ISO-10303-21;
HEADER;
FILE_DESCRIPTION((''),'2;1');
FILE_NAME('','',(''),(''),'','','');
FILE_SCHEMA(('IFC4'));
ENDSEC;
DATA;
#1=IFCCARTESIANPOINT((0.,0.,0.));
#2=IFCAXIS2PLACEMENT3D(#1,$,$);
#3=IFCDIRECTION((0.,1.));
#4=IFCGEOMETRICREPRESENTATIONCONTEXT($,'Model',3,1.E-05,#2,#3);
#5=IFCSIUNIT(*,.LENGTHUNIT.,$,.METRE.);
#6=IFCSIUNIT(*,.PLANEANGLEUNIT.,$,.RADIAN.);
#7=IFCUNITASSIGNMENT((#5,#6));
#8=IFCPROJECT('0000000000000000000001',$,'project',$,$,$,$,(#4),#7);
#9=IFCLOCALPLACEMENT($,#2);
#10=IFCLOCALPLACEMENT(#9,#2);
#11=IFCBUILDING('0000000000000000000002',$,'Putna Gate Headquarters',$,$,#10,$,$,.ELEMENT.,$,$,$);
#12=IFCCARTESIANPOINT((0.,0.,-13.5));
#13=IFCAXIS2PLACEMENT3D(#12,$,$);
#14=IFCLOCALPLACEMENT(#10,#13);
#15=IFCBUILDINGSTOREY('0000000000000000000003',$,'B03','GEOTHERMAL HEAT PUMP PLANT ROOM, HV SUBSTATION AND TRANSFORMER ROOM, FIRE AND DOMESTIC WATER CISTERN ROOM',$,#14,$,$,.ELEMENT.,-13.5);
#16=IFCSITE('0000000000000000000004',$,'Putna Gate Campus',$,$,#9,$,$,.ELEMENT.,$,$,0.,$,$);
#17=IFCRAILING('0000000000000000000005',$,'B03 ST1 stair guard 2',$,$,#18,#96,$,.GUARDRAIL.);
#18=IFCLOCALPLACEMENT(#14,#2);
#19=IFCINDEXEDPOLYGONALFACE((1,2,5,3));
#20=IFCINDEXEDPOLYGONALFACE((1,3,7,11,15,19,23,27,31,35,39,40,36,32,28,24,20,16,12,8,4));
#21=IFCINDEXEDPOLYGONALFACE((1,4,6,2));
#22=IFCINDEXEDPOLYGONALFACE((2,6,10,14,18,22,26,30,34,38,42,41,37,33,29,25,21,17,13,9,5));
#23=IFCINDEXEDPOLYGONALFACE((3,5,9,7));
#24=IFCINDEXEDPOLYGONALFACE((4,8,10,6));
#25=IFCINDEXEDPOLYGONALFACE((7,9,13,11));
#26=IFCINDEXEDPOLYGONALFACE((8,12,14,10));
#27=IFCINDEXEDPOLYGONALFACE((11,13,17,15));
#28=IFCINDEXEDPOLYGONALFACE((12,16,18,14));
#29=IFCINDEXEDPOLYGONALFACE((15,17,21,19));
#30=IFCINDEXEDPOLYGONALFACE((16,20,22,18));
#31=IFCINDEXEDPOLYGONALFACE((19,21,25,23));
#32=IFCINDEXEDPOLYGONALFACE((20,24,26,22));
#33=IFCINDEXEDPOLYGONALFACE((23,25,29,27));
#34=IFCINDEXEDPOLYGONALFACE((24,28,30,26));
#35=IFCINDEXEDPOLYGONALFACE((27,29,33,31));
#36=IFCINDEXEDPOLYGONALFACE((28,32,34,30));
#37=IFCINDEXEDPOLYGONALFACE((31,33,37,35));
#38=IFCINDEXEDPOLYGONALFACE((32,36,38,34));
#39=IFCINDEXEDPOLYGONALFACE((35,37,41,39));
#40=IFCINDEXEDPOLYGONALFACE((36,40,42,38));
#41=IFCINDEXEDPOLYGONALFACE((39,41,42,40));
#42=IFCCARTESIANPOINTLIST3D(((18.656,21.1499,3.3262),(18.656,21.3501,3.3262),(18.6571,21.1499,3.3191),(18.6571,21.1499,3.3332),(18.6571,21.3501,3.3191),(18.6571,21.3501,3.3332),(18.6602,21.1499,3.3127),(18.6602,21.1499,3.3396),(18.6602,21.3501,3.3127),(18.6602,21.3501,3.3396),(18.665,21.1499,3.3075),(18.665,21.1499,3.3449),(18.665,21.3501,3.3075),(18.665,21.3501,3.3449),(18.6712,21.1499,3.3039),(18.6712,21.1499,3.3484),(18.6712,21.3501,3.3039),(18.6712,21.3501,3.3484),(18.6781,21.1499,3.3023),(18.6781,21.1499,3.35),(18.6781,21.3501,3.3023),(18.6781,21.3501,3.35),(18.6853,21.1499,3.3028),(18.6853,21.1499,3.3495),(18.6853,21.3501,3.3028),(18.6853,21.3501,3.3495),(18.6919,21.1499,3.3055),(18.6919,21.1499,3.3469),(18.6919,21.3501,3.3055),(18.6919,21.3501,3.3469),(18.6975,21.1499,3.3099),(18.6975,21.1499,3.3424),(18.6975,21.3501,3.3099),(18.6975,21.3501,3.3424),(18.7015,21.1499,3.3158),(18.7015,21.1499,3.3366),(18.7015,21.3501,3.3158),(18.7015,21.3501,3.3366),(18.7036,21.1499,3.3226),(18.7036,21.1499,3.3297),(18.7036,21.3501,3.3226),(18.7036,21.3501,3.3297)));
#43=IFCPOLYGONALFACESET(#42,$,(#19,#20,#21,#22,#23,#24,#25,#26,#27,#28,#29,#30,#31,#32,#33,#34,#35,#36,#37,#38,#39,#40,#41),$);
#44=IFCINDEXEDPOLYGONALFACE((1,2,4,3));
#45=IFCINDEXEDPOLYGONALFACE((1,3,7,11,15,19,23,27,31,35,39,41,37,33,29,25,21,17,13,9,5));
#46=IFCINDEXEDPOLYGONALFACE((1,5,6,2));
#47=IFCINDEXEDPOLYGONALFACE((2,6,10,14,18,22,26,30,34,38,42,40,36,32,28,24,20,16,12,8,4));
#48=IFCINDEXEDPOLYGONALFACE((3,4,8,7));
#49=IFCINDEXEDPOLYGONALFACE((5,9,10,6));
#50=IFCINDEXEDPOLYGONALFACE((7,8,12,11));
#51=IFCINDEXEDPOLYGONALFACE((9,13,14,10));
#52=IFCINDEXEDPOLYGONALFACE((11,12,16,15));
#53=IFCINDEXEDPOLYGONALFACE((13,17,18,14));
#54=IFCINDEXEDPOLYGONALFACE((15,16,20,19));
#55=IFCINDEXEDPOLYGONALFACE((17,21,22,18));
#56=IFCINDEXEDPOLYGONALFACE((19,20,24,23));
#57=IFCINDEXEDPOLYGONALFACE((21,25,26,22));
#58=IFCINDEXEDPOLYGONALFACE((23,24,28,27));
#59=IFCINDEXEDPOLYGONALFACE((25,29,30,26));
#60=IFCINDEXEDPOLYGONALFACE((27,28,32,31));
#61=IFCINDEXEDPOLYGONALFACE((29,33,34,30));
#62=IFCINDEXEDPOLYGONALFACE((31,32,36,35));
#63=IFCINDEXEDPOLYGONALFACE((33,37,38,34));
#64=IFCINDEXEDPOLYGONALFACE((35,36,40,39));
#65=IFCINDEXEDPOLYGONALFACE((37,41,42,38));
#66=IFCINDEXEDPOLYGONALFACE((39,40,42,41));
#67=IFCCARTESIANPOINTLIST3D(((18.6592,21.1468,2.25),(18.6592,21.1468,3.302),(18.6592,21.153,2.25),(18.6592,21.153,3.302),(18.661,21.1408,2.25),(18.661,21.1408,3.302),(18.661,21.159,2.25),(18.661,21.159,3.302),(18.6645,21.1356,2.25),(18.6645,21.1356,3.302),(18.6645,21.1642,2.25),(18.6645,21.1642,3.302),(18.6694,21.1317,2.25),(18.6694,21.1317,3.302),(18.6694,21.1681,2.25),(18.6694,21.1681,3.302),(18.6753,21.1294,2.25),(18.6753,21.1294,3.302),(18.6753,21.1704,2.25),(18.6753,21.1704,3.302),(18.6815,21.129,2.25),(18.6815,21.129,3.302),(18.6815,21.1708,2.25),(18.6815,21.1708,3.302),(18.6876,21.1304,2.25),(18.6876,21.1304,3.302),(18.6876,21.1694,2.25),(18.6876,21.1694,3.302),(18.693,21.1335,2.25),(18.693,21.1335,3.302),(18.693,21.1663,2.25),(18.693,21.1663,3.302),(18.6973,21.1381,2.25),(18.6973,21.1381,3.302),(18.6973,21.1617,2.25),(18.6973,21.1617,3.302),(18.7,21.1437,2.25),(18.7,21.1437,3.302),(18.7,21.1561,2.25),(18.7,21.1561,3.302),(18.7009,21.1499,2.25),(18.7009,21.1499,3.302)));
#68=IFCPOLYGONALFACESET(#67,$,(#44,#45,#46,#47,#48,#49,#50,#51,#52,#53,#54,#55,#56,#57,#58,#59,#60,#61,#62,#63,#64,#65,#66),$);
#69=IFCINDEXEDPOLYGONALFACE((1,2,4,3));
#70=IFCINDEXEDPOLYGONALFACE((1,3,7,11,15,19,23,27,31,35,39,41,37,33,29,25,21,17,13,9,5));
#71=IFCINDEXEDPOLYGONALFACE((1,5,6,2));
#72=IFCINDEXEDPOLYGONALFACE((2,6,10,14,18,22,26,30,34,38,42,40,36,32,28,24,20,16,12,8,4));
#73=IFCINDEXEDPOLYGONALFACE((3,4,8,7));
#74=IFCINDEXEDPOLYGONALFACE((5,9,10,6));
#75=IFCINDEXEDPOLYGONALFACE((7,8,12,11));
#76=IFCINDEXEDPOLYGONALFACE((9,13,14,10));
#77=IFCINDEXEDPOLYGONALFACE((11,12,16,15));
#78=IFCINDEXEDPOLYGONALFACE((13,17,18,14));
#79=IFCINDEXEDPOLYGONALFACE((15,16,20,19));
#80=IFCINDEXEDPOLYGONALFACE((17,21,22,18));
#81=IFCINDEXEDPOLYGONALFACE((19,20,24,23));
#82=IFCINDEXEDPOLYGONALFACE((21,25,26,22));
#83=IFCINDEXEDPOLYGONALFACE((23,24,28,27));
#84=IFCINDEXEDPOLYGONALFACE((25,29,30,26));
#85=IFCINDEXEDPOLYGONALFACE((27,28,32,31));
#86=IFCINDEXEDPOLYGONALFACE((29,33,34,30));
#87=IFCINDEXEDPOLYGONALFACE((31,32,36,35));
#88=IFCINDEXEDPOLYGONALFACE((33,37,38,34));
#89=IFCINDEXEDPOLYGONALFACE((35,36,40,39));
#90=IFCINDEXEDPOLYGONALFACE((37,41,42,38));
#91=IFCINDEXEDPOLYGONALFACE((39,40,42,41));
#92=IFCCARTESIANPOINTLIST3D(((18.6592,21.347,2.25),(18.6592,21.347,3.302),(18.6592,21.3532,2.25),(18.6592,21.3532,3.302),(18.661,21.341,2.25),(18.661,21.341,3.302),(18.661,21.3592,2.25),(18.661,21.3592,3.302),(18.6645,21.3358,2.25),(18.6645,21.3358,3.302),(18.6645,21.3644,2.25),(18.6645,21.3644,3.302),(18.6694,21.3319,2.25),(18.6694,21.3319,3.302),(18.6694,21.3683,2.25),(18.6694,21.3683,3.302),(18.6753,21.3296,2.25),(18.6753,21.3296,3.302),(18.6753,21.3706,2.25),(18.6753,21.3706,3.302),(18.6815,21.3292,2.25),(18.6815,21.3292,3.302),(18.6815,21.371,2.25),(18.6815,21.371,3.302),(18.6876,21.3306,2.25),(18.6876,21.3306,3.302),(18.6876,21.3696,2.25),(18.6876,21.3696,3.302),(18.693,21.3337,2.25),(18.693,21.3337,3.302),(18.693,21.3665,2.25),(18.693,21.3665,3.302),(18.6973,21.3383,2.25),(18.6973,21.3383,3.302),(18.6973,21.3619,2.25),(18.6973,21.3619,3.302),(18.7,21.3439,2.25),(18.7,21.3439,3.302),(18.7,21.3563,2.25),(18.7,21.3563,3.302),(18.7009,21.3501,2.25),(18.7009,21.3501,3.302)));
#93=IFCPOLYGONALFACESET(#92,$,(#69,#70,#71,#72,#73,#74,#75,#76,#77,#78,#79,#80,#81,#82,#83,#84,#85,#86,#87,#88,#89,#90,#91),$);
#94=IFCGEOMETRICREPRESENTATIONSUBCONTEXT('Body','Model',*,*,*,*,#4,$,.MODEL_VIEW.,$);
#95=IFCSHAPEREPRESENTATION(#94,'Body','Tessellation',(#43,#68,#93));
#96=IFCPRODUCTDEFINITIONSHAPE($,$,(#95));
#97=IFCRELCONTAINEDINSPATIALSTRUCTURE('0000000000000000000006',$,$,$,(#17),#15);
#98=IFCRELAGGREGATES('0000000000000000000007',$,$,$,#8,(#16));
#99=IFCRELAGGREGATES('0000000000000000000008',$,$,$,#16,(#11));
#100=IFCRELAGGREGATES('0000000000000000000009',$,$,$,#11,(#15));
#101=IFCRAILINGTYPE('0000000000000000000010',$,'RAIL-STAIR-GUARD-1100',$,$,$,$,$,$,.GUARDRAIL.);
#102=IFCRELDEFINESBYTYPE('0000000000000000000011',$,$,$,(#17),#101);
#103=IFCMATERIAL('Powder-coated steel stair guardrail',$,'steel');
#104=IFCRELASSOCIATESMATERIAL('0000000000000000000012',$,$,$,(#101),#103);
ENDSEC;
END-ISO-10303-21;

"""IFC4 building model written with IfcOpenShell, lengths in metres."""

from ifc_helpers import new_model, si_unit, direction, frame, origin, origin_2d, place, context, subcontext, project, spatial, circle, extrude, material, type_object, element, save


model = new_model("IFC4")

# Units and contexts
model_context = context("Model", 3, precision=1e-05, world=origin(), true_north=direction((0.0, 1.0)))
body_context = subcontext(model_context, "Body", "Model", "MODEL_VIEW")
ifc_project = project(units=[si_unit("LENGTHUNIT", "METRE"), si_unit("PLANEANGLEUNIT", "RADIAN")], contexts=[model_context])

# Site, building, storey
site_placement = place(None, origin())
site = spatial("IfcSite", under=ifc_project, at=site_placement, Name="Putna Gate Campus", CompositionType="ELEMENT", RefElevation=0.0)
building_placement = place(site_placement, origin())
building = spatial("IfcBuilding", under=site, at=building_placement, Name="Putna Gate Headquarters", CompositionType="ELEMENT")
storey_placement = place(building_placement, frame((0.0, 0.0, -13.5)))
storey = spatial("IfcBuildingStorey", under=building, at=storey_placement, Name="B03", Description="GEOTHERMAL HEAT PUMP PLANT ROOM, HV SUBSTATION AND TRANSFORMER ROOM, FIRE AND DOMESTIC WATER CISTERN ROOM", CompositionType="ELEMENT", Elevation=-13.5)

# Railing
ifc_material_1 = material(Name="Powder-coated steel stair guardrail", Category="steel")
railing_type_1 = type_object("IfcRailingType", Name="RAIL-STAIR-GUARD-1100", PredefinedType="GUARDRAIL", material=ifc_material_1)
railing_1_placement = place(storey_placement, frame((18.6799, 21.1499, 2.25)))
element("IfcRailing", 1, at=railing_1_placement, inside=storey, type_object=railing_type_1, Name="B03 ST1 stair guard 2", PredefinedType="GUARDRAIL", context=body_context, shape_type="SweptSolid", body=[
    extrude(circle(Radius=0.0239, at=origin_2d()), frame((0.0, 0.0, 1.0762), z_axis=(0.0, 1.0, 0.0), x_axis=(-1.0, 0.0, 0.0)), (0.0, 0.0, 1.0), 0.2002),
    extrude(circle(Radius=0.021, at=origin_2d()), origin(), (0.0, 0.0, 1.0), 1.052),
    extrude(circle(Radius=0.021, at=origin_2d()), frame((0.0, 0.2002, 0.0)), (0.0, 0.0, 1.0), 1.052),
])

save(model, "model.ifc")
